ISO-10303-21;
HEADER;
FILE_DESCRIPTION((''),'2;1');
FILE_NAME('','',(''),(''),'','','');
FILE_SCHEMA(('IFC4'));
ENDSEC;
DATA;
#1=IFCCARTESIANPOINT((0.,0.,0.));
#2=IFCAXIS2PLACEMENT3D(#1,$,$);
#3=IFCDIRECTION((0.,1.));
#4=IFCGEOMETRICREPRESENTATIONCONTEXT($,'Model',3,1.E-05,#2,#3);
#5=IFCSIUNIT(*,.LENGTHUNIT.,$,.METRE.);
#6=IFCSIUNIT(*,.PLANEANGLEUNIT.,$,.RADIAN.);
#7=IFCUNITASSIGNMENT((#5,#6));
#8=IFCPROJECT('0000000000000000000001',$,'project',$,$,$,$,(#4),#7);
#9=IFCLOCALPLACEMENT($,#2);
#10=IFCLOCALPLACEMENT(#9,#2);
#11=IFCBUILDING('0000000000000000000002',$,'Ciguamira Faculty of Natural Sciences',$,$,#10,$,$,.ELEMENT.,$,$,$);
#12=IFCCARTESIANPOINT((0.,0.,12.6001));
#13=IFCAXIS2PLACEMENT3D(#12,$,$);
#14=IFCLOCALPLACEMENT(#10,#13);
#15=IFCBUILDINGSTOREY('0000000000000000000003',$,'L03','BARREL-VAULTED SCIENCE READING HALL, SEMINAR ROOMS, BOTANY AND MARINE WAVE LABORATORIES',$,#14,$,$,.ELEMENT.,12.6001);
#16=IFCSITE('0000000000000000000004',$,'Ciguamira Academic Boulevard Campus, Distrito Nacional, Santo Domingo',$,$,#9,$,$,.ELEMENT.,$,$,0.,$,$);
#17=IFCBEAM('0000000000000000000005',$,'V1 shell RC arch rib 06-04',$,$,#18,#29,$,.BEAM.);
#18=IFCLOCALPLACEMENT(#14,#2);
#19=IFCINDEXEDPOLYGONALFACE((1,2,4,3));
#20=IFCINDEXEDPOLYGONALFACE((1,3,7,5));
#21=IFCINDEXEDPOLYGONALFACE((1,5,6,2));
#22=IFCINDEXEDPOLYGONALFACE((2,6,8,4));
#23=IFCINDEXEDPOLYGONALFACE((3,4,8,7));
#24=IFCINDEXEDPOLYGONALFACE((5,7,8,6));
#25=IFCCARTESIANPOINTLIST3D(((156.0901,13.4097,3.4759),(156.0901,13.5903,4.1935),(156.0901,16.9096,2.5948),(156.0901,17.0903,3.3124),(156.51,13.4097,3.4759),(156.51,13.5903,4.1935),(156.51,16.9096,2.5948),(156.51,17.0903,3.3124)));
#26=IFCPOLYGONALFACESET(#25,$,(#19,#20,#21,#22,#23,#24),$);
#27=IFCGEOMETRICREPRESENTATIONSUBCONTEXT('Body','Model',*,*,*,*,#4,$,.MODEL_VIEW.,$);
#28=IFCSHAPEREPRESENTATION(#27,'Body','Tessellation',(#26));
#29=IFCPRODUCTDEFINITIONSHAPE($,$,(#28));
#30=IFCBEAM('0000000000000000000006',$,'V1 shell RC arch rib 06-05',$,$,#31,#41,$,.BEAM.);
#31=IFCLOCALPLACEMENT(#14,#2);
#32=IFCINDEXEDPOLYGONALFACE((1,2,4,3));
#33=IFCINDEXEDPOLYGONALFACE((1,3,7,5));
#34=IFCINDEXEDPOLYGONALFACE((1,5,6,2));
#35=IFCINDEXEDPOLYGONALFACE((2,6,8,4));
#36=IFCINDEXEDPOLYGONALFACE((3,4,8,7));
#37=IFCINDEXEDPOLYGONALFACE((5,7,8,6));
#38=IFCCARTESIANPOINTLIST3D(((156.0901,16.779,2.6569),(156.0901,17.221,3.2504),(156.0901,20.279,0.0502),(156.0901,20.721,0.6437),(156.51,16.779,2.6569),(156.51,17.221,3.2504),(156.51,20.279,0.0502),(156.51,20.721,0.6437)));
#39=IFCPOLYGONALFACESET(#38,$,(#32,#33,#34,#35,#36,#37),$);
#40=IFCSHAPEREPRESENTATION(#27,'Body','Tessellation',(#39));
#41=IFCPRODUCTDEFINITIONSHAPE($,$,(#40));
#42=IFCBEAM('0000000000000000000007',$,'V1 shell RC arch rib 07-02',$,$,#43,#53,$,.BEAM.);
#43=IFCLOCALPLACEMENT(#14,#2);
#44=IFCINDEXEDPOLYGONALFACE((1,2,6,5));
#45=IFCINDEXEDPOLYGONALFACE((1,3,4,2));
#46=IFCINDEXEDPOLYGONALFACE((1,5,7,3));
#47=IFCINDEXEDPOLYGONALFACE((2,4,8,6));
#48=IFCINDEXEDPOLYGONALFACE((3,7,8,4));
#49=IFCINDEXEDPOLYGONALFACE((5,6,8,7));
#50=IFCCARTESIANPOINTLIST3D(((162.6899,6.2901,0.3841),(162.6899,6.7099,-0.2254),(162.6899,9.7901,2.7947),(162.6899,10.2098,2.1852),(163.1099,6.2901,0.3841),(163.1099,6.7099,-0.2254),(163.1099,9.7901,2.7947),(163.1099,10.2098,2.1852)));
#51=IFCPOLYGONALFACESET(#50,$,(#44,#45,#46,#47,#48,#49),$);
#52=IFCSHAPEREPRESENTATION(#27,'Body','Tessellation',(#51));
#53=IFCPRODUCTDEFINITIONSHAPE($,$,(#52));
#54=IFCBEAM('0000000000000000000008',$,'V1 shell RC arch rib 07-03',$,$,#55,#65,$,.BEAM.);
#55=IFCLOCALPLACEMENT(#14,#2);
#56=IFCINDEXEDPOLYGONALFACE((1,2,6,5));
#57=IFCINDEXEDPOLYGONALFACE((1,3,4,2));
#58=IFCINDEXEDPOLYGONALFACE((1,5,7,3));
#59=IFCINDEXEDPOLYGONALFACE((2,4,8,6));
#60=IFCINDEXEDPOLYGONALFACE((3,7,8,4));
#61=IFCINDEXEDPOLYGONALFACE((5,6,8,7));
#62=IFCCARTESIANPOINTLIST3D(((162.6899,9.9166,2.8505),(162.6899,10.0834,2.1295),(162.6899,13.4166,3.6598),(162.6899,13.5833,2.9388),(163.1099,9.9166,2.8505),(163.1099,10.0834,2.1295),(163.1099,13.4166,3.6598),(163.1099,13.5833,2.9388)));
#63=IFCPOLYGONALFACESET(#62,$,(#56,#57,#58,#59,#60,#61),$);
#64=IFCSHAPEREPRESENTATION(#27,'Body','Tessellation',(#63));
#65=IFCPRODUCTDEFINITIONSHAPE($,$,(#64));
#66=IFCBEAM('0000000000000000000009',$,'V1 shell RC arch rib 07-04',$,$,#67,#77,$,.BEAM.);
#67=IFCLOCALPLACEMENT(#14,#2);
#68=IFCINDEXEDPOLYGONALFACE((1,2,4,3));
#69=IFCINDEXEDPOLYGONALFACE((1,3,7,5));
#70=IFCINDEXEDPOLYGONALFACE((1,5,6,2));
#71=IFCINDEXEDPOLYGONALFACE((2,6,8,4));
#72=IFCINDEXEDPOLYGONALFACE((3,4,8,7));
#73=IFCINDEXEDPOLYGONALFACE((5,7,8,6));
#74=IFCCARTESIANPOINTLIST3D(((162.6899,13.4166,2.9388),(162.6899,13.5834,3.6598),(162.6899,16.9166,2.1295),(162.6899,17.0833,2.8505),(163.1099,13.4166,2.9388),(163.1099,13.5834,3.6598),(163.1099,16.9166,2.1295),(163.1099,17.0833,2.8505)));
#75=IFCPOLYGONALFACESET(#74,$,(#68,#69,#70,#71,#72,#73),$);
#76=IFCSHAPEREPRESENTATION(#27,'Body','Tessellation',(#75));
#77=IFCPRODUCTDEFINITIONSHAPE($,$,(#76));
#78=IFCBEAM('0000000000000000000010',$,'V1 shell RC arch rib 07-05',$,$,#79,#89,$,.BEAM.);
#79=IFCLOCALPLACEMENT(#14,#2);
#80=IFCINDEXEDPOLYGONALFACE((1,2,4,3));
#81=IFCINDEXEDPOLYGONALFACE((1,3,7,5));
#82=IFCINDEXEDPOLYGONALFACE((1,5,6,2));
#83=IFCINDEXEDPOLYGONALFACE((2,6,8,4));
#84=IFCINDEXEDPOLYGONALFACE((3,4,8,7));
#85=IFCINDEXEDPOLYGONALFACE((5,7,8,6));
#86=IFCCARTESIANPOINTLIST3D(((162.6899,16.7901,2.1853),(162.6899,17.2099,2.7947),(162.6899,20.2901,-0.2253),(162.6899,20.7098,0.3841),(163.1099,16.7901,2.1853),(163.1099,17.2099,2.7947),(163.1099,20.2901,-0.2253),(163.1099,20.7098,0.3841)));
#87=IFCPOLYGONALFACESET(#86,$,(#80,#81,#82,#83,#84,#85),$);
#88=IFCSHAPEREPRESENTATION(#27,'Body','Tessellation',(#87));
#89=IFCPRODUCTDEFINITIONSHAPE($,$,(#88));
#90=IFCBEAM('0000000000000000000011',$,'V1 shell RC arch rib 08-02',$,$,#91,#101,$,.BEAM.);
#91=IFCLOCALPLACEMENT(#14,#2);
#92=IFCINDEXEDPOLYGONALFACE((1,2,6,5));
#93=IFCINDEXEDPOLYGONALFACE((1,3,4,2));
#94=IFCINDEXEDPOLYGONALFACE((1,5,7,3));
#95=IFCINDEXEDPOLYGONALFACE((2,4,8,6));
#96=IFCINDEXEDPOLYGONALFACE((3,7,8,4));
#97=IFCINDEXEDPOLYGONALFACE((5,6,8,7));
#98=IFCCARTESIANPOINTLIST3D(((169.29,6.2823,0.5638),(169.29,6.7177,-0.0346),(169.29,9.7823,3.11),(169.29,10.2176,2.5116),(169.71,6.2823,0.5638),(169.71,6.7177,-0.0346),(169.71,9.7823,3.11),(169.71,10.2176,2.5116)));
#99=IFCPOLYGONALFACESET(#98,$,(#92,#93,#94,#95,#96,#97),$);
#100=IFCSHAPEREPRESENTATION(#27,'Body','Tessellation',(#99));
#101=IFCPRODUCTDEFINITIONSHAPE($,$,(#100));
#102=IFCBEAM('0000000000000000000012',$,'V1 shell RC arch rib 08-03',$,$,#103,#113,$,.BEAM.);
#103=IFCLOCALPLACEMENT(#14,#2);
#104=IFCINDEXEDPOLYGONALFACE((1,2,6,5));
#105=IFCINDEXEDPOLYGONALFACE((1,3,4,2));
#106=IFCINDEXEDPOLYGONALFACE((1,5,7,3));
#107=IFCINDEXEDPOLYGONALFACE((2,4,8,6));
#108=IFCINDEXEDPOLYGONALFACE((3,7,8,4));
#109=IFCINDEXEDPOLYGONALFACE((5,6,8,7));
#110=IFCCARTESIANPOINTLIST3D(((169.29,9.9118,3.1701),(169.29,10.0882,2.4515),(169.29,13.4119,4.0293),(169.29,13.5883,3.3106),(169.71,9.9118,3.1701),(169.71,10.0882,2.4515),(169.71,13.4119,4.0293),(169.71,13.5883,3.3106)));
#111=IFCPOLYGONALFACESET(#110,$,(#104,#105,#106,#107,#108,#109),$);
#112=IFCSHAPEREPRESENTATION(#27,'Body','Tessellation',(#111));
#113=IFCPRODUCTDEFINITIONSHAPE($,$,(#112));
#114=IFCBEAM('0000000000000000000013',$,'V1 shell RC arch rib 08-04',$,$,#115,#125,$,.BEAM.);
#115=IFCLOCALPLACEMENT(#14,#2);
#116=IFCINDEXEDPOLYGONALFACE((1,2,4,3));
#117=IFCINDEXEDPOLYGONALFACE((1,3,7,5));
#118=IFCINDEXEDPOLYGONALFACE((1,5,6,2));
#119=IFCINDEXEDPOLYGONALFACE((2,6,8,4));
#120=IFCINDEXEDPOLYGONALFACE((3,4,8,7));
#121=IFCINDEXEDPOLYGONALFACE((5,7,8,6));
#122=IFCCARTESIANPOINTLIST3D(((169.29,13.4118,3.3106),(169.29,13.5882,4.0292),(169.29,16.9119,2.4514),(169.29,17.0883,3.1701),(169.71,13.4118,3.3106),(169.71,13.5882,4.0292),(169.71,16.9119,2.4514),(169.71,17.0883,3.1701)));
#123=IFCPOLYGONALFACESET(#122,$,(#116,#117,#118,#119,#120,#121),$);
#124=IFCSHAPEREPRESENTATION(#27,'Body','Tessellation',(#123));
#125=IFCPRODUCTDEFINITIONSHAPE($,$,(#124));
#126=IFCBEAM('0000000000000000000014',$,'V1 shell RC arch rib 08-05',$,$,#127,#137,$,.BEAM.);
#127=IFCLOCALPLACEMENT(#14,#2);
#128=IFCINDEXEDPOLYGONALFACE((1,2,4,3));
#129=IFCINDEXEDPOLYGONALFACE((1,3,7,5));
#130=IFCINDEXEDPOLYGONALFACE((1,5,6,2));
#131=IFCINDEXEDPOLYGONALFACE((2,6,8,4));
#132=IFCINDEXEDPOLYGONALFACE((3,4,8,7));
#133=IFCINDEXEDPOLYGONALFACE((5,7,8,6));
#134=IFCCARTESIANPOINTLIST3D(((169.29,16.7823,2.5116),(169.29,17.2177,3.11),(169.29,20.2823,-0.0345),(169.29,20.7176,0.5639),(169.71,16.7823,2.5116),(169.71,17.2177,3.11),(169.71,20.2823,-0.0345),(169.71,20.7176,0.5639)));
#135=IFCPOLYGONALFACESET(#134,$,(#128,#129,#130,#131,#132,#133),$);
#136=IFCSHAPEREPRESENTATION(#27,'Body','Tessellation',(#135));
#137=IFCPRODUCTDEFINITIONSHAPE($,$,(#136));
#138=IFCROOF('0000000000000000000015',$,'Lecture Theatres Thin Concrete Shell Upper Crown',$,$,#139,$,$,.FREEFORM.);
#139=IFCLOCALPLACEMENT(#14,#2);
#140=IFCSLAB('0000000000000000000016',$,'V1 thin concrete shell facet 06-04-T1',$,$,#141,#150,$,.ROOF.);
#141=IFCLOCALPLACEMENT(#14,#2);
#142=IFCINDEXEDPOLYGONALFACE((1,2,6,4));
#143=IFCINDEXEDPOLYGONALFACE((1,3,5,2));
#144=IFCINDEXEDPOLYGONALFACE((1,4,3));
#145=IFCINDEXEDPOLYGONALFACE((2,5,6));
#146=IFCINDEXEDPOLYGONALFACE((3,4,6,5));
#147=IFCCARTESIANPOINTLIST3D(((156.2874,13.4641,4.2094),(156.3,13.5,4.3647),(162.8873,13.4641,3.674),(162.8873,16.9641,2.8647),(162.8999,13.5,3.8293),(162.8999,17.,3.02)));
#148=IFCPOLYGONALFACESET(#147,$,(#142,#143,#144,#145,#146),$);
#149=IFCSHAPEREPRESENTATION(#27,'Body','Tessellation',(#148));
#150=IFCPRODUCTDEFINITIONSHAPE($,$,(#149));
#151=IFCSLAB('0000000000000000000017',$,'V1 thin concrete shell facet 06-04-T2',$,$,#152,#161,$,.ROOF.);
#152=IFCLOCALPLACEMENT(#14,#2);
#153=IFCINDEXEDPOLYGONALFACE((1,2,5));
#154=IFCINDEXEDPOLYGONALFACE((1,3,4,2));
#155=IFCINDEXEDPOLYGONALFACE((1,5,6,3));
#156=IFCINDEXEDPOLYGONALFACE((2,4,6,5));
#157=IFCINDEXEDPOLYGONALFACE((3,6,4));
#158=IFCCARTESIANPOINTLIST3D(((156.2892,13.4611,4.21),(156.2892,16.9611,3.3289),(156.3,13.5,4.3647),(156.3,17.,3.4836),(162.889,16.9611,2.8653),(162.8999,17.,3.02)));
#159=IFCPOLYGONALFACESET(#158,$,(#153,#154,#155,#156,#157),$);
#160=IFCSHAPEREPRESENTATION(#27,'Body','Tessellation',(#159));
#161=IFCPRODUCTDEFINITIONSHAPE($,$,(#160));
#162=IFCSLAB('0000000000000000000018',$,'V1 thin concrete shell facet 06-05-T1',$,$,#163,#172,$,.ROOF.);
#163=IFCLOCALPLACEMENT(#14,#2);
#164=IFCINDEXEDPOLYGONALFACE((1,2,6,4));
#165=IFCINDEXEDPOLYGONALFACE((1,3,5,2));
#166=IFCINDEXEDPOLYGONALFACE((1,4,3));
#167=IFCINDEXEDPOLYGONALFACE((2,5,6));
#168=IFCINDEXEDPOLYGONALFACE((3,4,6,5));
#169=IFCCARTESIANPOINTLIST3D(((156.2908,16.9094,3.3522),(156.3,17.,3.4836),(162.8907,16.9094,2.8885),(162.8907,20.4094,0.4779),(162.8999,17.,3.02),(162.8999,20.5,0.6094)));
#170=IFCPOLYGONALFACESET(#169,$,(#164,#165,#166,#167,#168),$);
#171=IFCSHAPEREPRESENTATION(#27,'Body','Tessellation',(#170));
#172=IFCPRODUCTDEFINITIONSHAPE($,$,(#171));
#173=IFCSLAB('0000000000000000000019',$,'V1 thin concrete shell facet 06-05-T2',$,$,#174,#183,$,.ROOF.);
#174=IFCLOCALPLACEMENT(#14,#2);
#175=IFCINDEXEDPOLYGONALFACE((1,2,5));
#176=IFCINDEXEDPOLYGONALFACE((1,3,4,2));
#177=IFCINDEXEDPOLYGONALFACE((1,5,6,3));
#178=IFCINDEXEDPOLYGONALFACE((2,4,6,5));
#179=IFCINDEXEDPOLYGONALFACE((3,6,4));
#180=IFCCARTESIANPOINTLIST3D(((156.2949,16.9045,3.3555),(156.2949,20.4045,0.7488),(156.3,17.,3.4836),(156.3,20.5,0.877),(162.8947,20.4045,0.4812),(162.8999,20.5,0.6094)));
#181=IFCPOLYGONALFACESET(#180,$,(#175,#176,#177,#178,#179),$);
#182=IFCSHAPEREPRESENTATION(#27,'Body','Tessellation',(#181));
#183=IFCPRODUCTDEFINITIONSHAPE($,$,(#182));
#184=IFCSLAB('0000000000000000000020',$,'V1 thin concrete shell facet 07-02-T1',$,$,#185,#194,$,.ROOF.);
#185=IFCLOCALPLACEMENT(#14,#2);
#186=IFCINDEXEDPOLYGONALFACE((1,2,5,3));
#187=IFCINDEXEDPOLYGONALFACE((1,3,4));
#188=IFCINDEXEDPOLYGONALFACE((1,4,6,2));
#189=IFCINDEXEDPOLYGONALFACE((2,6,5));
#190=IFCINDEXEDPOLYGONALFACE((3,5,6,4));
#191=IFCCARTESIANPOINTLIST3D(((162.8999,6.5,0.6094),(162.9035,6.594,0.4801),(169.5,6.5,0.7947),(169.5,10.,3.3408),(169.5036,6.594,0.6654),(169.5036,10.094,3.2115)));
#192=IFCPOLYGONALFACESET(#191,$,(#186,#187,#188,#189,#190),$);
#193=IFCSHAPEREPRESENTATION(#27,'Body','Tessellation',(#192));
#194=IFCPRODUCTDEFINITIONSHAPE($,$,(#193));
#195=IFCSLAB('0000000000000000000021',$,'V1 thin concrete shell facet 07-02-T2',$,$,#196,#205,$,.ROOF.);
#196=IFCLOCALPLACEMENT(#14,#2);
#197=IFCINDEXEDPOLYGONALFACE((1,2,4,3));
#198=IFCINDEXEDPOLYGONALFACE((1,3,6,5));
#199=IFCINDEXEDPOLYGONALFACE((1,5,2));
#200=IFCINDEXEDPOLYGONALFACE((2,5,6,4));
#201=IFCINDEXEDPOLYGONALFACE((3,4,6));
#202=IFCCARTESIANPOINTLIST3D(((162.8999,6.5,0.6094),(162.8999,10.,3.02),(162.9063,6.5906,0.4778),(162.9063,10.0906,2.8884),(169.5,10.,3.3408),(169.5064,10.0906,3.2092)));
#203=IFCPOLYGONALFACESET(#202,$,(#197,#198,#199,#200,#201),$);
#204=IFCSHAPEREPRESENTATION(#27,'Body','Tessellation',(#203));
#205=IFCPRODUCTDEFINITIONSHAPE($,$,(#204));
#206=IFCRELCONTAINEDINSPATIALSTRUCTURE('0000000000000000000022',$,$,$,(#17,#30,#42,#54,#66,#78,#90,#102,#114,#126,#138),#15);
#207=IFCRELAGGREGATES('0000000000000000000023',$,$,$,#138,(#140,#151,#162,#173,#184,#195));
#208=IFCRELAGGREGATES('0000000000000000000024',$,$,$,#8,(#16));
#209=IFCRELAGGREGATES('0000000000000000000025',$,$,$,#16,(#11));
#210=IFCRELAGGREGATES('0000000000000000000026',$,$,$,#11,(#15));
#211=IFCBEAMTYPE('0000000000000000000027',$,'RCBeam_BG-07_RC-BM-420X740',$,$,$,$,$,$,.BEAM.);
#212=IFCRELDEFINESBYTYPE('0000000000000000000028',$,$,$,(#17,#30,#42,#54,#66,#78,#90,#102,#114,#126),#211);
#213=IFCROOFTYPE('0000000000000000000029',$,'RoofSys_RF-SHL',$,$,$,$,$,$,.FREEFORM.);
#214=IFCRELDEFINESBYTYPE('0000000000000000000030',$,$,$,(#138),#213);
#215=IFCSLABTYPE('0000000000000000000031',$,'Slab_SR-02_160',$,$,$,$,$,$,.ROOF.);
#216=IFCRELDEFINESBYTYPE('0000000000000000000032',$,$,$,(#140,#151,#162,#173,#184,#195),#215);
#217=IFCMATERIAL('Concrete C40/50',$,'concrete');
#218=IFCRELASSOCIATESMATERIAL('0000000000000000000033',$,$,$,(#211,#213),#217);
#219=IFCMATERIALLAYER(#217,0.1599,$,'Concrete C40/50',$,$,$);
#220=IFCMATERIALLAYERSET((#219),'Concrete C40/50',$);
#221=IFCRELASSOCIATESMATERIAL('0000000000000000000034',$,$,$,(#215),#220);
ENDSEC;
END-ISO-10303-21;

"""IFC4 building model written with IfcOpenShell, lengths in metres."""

from ifc_helpers import new_model, si_unit, direction, frame, origin, origin_2d, place, context, subcontext, project, spatial, polyline, rectangle, outline, extrude, material, layer, layer_set, material_profile, profile_set, type_object, element, aggregate, save


model = new_model("IFC4")

# Units and contexts
model_context = context("Model", 3, precision=1e-05, world=origin(), true_north=direction((0.0, 1.0)))
body_context = subcontext(model_context, "Body", "Model", "MODEL_VIEW")
ifc_project = project(units=[si_unit("LENGTHUNIT", "METRE"), si_unit("PLANEANGLEUNIT", "RADIAN")], contexts=[model_context])

# Site, building, storey
site_placement = place(None, origin())
site = spatial("IfcSite", under=ifc_project, at=site_placement, Name="Ciguamira Academic Boulevard Campus, Distrito Nacional, Santo Domingo", CompositionType="ELEMENT", RefElevation=0.0)
building_placement = place(site_placement, origin())
building = spatial("IfcBuilding", under=site, at=building_placement, Name="Ciguamira Faculty of Natural Sciences", CompositionType="ELEMENT")
storey_placement = place(building_placement, frame((0.0, 0.0, 12.6001)))
storey = spatial("IfcBuildingStorey", under=building, at=storey_placement, Name="L03", Description="BARREL-VAULTED SCIENCE READING HALL, SEMINAR ROOMS, BOTANY AND MARINE WAVE LABORATORIES", CompositionType="ELEMENT", Elevation=12.6001)

# Beams
ifc_material = material(Name="Concrete C40/50", Category="concrete")
ifc_material_profile = material_profile(ifc_material, rectangle(XDim=0.4199, YDim=0.74, at=origin_2d()), Name="RC-BM-420X740")
ifc_profile_set = profile_set([ifc_material_profile], Name="Concrete C40/50")
beam_type = type_object("IfcBeamType", Name="RCBeam_BG-07_RC-BM-420X740", PredefinedType="BEAM", material=ifc_profile_set)
beam_1_placement = place(storey_placement, frame((156.3, 13.5, 3.8347), z_axis=(0.0, 0.969743, -0.244127), x_axis=(-1.0, 0.0, 0.0)))
element("IfcBeam", 1, at=beam_1_placement, inside=storey, type_object=beam_type, Name="V1 shell RC arch rib 06-04", PredefinedType="BEAM", context=body_context, shape_type="SweptSolid", body=[
    extrude(rectangle(XDim=0.4199, YDim=0.74, at=origin_2d()), origin(), (0.0, 0.0, 1.0), 3.6091),
])
beam_2_placement = place(storey_placement, frame((156.3, 17.0, 2.9536), z_axis=(0.0, 0.802009, -0.597311), x_axis=(-1.0, 0.0, 0.0)))
element("IfcBeam", 2, at=beam_2_placement, inside=storey, type_object=beam_type, Name="V1 shell RC arch rib 06-05", PredefinedType="BEAM", context=body_context, shape_type="SweptSolid", body=[
    extrude(rectangle(XDim=0.4199, YDim=0.74, at=origin_2d()), origin(), (0.0, 0.0, 1.0), 4.364),
])
beam_3_placement = place(storey_placement, frame((162.8999, 6.5, 0.0793), z_axis=(0.0, 0.823559, 0.567231), x_axis=(-1.0, 0.0, 0.0)))
element("IfcBeam", 3, at=beam_3_placement, inside=storey, type_object=beam_type, Name="V1 shell RC arch rib 07-02", PredefinedType="BEAM", context=body_context, shape_type="SweptSolid", body=[
    extrude(rectangle(XDim=0.4199, YDim=0.74, at=origin_2d()), origin(), (0.0, 0.0, 1.0), 4.2498),
])
for number, where, z_axis, x_axis, name in (
    (4, (162.8999, 10.0, 2.49), (0.0, 0.974291, 0.225291), (-1.0, 0.0, 0.0), "V1 shell RC arch rib 07-03"),
    (5, (162.8999, 13.5, 3.2993), (0.0, 0.974291, -0.225291), (-1.0, 0.0, 0.0), "V1 shell RC arch rib 07-04"),
):
    element("IfcBeam", number, at=place(storey_placement, frame(where, z_axis=z_axis, x_axis=x_axis)), inside=storey, type_object=beam_type, Name=name, PredefinedType="BEAM", context=body_context, shape_type="SweptSolid", body=[
        extrude(rectangle(XDim=0.4199, YDim=0.74, at=origin_2d()), origin(), (0.0, 0.0, 1.0), 3.5923),
    ])
beam_4_placement = place(storey_placement, frame((162.8999, 17.0, 2.49), z_axis=(0.0, 0.823559, -0.567231), x_axis=(-1.0, 0.0, 0.0)))
element("IfcBeam", 6, at=beam_4_placement, inside=storey, type_object=beam_type, Name="V1 shell RC arch rib 07-05", PredefinedType="BEAM", context=body_context, shape_type="SweptSolid", body=[
    extrude(rectangle(XDim=0.4199, YDim=0.74, at=origin_2d()), origin(), (0.0, 0.0, 1.0), 4.2498),
])
beam_5_placement = place(storey_placement, frame((169.5, 6.5, 0.2646), z_axis=(0.0, 0.80866, 0.588276), x_axis=(-1.0, 0.0, 0.0)))
element("IfcBeam", 7, at=beam_5_placement, inside=storey, type_object=beam_type, Name="V1 shell RC arch rib 08-02", PredefinedType="BEAM", context=body_context, shape_type="SweptSolid", body=[
    extrude(rectangle(XDim=0.4199, YDim=0.74, at=origin_2d()), origin(), (0.0, 0.0, 1.0), 4.3281),
])
for number, where, z_axis, x_axis, name in (
    (8, (169.5, 10.0, 2.8108), (0.0, 0.97117, 0.238389), (-1.0, 0.0, 0.0), "V1 shell RC arch rib 08-03"),
    (9, (169.5, 13.5, 3.6699), (0.0, 0.97117, -0.238389), (-1.0, 0.0, 0.0), "V1 shell RC arch rib 08-04"),
):
    element("IfcBeam", number, at=place(storey_placement, frame(where, z_axis=z_axis, x_axis=x_axis)), inside=storey, type_object=beam_type, Name=name, PredefinedType="BEAM", context=body_context, shape_type="SweptSolid", body=[
        extrude(rectangle(XDim=0.4199, YDim=0.74, at=origin_2d()), origin(), (0.0, 0.0, 1.0), 3.604),
    ])
beam_6_placement = place(storey_placement, frame((169.5, 17.0, 2.8108), z_axis=(0.0, 0.80866, -0.588276), x_axis=(-1.0, 0.0, 0.0)))
element("IfcBeam", 10, at=beam_6_placement, inside=storey, type_object=beam_type, Name="V1 shell RC arch rib 08-05", PredefinedType="BEAM", context=body_context, shape_type="SweptSolid", body=[
    extrude(rectangle(XDim=0.4199, YDim=0.74, at=origin_2d()), origin(), (0.0, 0.0, 1.0), 4.3281),
])

# Roof, slabs
roof_type = type_object("IfcRoofType", Name="RoofSys_RF-SHL", PredefinedType="FREEFORM", material=ifc_material)
roof_placement = place(storey_placement, origin())
roof = element("IfcRoof", 11, at=roof_placement, inside=storey, type_object=roof_type, Name="Lecture Theatres Thin Concrete Shell Upper Crown", PredefinedType="FREEFORM")
ifc_layer = layer(ifc_material, 0.1599, Name="Concrete C40/50")
ifc_layer_set = layer_set([ifc_layer], Name="Concrete C40/50")
slab_type = type_object("IfcSlabType", Name="Slab_SR-02_160", PredefinedType="ROOF", material=ifc_layer_set)
slab_1_placement = place(storey_placement, frame((156.3, 13.5, 4.3647), z_axis=(0.078792, 0.224591, 0.971262), x_axis=(0.996726, 0.0, -0.080857)))
slab_1 = element("IfcSlab", 12, at=slab_1_placement, type_object=slab_type, Name="V1 thin concrete shell facet 06-04-T1", PredefinedType="ROOF", context=body_context, shape_type="SweptSolid", body=[
    extrude(outline(polyline([(0.0, 0.0), (6.6215, 0.0), (6.687, 3.5918), (0.0, 0.0)])), origin(), (0.0, 0.0, -1.0), 0.1599),
])
slab_2_placement = place(storey_placement, frame((156.3, 13.5, 4.3647), z_axis=(0.067965, 0.243562, 0.967501), x_axis=(0.869484, 0.4611, -0.177158)))
slab_2 = element("IfcSlab", 13, at=slab_2_placement, type_object=slab_type, Name="V1 thin concrete shell facet 06-04-T2", PredefinedType="ROOF", context=body_context, shape_type="SweptSolid", body=[
    extrude(outline(polyline([(0.0, 0.0), (7.5905, 0.0), (1.7699, 3.1454), (0.0, 0.0)])), origin(), (0.0, 0.0, -1.0), 0.1599),
])
slab_3_placement = place(storey_placement, frame((156.3, 17.0, 3.4836), z_axis=(0.057756, 0.566284, 0.822184), x_axis=(0.997542, 0.0, -0.070075)))
slab_3 = element("IfcSlab", 14, at=slab_3_placement, type_object=slab_type, Name="V1 thin concrete shell facet 06-05-T1", PredefinedType="ROOF", context=body_context, shape_type="SweptSolid", body=[
    extrude(outline(polyline([(0.0, 0.0), (6.6161, 0.0), (6.785, 4.2465), (0.0, 0.0)])), origin(), (0.0, 0.0, -1.0), 0.1599),
])
slab_4_placement = place(storey_placement, frame((156.3, 17.0, 3.4836), z_axis=(0.032499, 0.596996, 0.801586), x_axis=(0.824534, 0.437263, -0.359089)))
slab_4 = element("IfcSlab", 15, at=slab_4_placement, type_object=slab_type, Name="V1 thin concrete shell facet 06-05-T2", PredefinedType="ROOF", context=body_context, shape_type="SweptSolid", body=[
    extrude(outline(polyline([(0.0, 0.0), (8.0043, 0.0), (2.4665, 3.6002), (0.0, 0.0)])), origin(), (0.0, 0.0, -1.0), 0.1599),
])
slab_5_placement = place(storey_placement, frame((162.8999, 6.5, 0.6094), z_axis=(-0.022698, -0.588124, 0.808452), x_axis=(0.999606, 0.0, 0.028065)))
slab_5 = element("IfcSlab", 16, at=slab_5_placement, type_object=slab_type, Name="V1 thin concrete shell facet 07-02-T1", PredefinedType="ROOF", context=body_context, shape_type="SweptSolid", body=[
    extrude(outline(polyline([(0.0, 0.0), (6.6027, 0.0), (6.6742, 4.3276), (0.0, 0.0)])), origin(), (0.0, 0.0, -1.0), 0.1599),
])
slab_6_placement = place(storey_placement, frame((162.8999, 6.5, 0.6094), z_axis=(-0.039997, -0.566777, 0.8229), x_axis=(0.829744, 0.440009, 0.343389)))
slab_6 = element("IfcSlab", 17, at=slab_6_placement, type_object=slab_type, Name="V1 thin concrete shell facet 07-02-T2", PredefinedType="ROOF", context=body_context, shape_type="SweptSolid", body=[
    extrude(outline(polyline([(0.0, 0.0), (7.9544, 0.0), (2.3678, 3.5291), (0.0, 0.0)])), origin(), (0.0, 0.0, -1.0), 0.1599),
])
aggregate(roof, [slab_1, slab_2, slab_3, slab_4, slab_5, slab_6])

save(model, "model.ifc")
